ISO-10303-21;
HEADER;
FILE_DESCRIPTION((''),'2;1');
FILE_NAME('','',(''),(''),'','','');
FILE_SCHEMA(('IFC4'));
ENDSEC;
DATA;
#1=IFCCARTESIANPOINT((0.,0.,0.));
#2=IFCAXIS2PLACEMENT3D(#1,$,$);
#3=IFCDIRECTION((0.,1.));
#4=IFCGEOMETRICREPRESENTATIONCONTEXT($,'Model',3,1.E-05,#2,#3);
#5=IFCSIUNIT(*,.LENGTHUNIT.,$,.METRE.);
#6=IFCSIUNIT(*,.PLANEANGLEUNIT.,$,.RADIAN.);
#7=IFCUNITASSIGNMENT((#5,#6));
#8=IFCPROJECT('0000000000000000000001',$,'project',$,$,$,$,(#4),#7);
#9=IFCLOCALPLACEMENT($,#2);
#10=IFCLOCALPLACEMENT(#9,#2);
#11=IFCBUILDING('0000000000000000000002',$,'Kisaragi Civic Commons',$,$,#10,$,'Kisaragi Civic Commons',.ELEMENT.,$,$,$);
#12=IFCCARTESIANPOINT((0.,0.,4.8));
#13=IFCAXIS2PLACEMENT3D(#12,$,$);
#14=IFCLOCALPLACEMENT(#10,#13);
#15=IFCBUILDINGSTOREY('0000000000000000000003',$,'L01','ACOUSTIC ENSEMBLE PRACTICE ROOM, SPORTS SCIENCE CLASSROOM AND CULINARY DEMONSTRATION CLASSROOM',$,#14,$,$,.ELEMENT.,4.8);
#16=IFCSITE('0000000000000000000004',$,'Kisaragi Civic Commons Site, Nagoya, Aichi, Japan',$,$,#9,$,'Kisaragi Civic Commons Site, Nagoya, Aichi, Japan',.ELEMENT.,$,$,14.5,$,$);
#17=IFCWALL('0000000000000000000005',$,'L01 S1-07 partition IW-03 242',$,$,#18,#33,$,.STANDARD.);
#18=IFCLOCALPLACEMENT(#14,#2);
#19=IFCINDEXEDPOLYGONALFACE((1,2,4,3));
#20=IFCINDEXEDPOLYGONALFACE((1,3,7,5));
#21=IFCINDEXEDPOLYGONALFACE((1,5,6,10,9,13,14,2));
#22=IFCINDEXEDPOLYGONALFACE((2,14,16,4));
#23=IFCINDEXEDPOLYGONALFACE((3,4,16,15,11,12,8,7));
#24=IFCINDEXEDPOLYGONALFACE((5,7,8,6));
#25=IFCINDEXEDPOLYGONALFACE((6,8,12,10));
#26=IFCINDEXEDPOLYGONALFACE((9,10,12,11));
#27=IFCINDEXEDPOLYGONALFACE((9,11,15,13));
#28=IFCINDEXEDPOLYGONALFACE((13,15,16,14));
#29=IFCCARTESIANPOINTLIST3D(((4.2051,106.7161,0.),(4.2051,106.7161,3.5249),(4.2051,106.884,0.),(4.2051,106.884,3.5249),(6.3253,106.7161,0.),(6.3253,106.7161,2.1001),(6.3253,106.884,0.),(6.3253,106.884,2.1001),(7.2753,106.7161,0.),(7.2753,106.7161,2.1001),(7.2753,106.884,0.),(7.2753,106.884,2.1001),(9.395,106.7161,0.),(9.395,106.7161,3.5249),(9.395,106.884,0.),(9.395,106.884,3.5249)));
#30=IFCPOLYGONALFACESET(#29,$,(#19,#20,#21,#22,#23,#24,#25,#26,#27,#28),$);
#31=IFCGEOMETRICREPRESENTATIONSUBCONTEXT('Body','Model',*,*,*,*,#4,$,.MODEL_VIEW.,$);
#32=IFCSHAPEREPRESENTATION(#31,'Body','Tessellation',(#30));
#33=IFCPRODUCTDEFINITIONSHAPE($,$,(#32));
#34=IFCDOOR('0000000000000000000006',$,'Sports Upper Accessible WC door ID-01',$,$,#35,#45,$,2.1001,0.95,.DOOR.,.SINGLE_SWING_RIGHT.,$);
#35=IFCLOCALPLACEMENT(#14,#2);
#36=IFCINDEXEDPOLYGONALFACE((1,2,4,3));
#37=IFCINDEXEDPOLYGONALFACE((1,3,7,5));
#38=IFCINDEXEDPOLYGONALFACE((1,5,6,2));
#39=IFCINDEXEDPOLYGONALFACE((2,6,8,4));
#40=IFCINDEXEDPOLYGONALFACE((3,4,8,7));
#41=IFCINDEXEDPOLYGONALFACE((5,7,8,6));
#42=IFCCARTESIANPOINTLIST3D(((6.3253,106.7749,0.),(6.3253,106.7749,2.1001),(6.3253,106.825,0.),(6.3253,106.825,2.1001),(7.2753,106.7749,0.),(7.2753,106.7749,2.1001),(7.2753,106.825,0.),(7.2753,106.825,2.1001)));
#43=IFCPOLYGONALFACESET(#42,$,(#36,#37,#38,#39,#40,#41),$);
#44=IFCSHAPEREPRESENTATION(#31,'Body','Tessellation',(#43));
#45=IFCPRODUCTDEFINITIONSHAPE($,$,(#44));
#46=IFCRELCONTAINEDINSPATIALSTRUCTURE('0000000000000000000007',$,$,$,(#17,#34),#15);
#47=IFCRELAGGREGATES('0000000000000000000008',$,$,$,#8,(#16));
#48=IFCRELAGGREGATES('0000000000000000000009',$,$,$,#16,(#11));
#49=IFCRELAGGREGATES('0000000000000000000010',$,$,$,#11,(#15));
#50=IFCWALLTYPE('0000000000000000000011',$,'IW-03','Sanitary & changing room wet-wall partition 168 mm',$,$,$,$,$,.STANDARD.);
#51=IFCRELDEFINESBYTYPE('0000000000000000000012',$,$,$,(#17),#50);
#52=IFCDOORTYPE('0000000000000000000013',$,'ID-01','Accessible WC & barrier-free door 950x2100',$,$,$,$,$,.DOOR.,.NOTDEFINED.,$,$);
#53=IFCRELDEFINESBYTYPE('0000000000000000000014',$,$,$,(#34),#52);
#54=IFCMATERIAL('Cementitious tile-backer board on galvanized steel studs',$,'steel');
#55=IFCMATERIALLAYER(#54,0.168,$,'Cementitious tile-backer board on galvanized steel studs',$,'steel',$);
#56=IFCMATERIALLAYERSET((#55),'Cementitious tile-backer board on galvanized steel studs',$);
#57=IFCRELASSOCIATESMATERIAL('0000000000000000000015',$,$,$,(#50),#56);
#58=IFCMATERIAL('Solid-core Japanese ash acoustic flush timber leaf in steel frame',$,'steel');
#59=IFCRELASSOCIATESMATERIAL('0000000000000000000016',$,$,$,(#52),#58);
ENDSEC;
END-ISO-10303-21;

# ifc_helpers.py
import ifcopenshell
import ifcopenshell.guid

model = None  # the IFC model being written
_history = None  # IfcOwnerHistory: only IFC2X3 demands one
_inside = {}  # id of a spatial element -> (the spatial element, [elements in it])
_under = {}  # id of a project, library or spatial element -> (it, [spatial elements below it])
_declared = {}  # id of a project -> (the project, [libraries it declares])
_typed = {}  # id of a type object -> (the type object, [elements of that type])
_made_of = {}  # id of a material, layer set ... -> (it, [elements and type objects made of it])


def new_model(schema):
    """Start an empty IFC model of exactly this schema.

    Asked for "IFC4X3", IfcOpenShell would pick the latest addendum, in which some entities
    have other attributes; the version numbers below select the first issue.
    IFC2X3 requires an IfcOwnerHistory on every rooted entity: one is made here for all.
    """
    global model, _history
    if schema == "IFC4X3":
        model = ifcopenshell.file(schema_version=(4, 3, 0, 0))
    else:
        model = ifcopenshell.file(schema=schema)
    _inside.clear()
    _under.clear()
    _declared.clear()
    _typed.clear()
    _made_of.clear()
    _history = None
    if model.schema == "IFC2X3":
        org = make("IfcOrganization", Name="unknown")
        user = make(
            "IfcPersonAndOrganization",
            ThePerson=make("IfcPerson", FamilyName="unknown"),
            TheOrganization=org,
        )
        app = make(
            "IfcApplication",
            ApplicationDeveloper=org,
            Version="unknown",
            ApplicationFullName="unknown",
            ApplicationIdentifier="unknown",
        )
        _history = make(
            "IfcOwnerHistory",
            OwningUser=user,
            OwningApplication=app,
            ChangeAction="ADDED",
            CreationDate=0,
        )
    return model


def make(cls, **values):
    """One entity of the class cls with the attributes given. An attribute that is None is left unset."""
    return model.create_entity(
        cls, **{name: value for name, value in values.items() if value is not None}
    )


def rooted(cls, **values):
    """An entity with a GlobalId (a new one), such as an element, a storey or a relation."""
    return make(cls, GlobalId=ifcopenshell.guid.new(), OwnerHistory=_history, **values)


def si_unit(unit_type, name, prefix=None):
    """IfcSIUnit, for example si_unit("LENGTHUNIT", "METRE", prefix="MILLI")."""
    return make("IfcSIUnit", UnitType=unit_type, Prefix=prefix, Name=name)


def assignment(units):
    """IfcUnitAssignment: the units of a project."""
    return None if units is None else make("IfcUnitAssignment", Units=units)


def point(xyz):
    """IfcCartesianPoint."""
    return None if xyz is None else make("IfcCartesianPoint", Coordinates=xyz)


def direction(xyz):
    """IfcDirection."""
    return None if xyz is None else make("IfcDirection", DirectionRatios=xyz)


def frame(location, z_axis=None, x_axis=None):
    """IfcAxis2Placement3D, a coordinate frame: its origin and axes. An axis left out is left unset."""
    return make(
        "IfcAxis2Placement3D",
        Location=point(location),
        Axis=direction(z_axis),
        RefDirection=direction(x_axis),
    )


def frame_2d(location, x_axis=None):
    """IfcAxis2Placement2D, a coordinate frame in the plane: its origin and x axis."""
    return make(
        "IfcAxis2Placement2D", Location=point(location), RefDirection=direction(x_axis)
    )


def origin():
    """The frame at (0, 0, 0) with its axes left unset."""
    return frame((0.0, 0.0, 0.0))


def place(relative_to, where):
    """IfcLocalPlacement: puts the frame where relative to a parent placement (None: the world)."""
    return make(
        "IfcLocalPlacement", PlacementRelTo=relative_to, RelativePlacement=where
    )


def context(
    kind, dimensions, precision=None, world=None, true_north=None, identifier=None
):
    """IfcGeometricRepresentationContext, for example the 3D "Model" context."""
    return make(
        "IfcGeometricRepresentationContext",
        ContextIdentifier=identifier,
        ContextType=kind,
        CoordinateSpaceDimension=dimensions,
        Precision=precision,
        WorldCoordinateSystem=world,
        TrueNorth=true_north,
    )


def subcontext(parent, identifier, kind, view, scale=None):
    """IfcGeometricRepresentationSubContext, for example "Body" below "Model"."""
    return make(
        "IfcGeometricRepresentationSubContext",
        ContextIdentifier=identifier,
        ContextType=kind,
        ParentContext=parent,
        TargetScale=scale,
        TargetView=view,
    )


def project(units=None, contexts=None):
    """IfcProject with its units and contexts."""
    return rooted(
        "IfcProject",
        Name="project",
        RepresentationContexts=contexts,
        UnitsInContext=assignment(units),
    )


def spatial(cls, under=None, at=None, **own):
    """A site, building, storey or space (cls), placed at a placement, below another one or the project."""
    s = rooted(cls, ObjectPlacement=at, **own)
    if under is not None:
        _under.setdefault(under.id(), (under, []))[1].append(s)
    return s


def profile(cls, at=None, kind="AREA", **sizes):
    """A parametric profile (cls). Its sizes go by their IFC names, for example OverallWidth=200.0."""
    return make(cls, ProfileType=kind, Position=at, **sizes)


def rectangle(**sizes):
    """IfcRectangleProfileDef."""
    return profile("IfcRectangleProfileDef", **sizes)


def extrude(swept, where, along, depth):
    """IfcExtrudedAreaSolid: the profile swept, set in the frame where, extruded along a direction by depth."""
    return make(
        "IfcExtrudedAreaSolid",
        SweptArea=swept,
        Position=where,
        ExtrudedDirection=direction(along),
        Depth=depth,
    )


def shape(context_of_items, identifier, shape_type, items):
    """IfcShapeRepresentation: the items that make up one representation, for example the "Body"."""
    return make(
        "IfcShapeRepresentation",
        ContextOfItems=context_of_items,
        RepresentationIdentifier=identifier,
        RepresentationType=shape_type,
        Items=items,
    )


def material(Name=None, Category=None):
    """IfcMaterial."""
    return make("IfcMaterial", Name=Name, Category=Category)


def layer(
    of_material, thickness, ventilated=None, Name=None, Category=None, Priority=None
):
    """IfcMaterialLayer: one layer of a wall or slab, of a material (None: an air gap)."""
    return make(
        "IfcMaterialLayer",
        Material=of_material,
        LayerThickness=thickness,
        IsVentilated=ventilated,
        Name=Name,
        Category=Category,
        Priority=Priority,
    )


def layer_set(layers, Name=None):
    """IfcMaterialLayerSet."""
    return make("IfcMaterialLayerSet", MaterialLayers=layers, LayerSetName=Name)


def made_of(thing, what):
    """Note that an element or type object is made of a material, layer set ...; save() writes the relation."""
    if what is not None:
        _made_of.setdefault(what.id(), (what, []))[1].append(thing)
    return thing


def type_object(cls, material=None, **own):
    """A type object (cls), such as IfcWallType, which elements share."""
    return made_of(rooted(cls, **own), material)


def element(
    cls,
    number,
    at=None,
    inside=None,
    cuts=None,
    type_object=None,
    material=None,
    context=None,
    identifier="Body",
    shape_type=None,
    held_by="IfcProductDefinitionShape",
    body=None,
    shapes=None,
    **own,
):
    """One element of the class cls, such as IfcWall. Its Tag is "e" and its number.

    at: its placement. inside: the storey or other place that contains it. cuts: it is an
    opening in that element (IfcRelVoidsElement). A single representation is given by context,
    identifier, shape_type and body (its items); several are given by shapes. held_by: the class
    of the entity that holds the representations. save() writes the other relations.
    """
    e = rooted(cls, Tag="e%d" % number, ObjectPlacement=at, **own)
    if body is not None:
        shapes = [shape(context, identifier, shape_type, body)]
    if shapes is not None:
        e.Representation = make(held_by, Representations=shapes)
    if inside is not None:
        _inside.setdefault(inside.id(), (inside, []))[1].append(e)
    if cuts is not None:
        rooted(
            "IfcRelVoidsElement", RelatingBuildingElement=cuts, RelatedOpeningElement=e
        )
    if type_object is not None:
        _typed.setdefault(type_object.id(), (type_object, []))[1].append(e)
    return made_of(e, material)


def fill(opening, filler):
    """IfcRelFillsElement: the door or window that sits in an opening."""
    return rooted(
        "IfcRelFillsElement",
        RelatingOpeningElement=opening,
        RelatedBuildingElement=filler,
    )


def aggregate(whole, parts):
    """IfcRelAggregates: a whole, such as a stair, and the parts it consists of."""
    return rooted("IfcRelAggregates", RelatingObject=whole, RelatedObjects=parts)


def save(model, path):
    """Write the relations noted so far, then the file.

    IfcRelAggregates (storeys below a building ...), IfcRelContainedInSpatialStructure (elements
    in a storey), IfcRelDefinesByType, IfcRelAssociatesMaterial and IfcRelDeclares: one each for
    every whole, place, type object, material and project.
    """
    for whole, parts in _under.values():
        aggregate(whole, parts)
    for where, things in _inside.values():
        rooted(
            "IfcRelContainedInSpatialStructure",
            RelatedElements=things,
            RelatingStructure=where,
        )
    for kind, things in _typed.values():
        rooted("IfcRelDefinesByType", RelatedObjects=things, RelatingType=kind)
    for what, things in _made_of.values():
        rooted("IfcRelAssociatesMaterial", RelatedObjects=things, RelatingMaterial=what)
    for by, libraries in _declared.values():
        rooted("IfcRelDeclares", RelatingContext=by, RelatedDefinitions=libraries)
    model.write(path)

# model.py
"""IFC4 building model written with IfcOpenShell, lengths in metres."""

from ifc_helpers import new_model, si_unit, direction, frame, frame_2d, origin, place, context, subcontext, project, spatial, rectangle, extrude, material, layer, layer_set, type_object, element, fill, save


model = new_model("IFC4")

# Units and contexts
model_context = context("Model", 3, precision=1e-05, world=origin(), true_north=direction((0.0, 1.0)))
body_context = subcontext(model_context, "Body", "Model", "MODEL_VIEW")
ifc_project = project(units=[si_unit("LENGTHUNIT", "METRE"), si_unit("PLANEANGLEUNIT", "RADIAN")], contexts=[model_context])

# Site, building, storey
site_placement = place(None, origin())
site = spatial("IfcSite", under=ifc_project, at=site_placement, Name="Kisaragi Civic Commons Site, Nagoya, Aichi, Japan", LongName="Kisaragi Civic Commons Site, Nagoya, Aichi, Japan", CompositionType="ELEMENT", RefElevation=14.5)
building_placement = place(site_placement, origin())
building = spatial("IfcBuilding", under=site, at=building_placement, Name="Kisaragi Civic Commons", LongName="Kisaragi Civic Commons", CompositionType="ELEMENT")
storey_placement = place(building_placement, frame((0.0, 0.0, 4.8)))
storey = spatial("IfcBuildingStorey", under=building, at=storey_placement, Name="L01", Description="ACOUSTIC ENSEMBLE PRACTICE ROOM, SPORTS SCIENCE CLASSROOM AND CULINARY DEMONSTRATION CLASSROOM", CompositionType="ELEMENT", Elevation=4.8)

# Shared definitions
ifc_material_1 = material(Name="Cementitious tile-backer board on galvanized steel studs", Category="steel")
ifc_layer_1 = layer(ifc_material_1, 0.168, Name="Cementitious tile-backer board on galvanized steel studs", Category="steel")
ifc_layer_set_1 = layer_set([ifc_layer_1], Name="Cementitious tile-backer board on galvanized steel studs")
wall_type_1 = type_object("IfcWallType", Name="IW-03", Description="Sanitary & changing room wet-wall partition 168 mm", PredefinedType="STANDARD", material=ifc_layer_set_1)

# Wall, opening, door
wall_1_placement = place(storey_placement, frame((4.2051, 106.8, 0.0), z_axis=(0.0, 0.0, 1.0), x_axis=(1.0, 0.0, 0.0)))
wall_1 = element("IfcWall", 1, at=wall_1_placement, inside=storey, type_object=wall_type_1, Name="L01 S1-07 partition IW-03 242", PredefinedType="STANDARD", context=body_context, shape_type="SweptSolid", body=[
    extrude(rectangle(XDim=5.1899, YDim=0.168, at=frame_2d((2.595, 0.0))), origin(), (0.0, 0.0, 1.0), 3.5249),
])
opening_1_placement = place(wall_1_placement, frame((2.1201, 0.0, 0.0)))
opening_1 = element("IfcOpeningElement", 2, at=opening_1_placement, cuts=wall_1, PredefinedType="OPENING", context=body_context, shape_type="SweptSolid", body=[
    extrude(rectangle(XDim=0.95, YDim=2.1001, at=frame_2d((0.4751, 1.05))), frame((0.0, 0.094, 0.0), z_axis=(0.0, -1.0, 0.0), x_axis=(1.0, 0.0, 0.0)), (0.0, 0.0, 1.0), 0.188),
])
ifc_material_2 = material(Name="Solid-core Japanese ash acoustic flush timber leaf in steel frame", Category="steel")
door_type = type_object("IfcDoorType", Name="ID-01", Description="Accessible WC & barrier-free door 950x2100", OperationType="NOTDEFINED", PredefinedType="DOOR", material=ifc_material_2)
door_placement = place(opening_1_placement, origin())
door = element("IfcDoor", 3, at=door_placement, inside=storey, type_object=door_type, Name="Sports Upper Accessible WC door ID-01", OperationType="SINGLE_SWING_RIGHT", OverallHeight=2.1001, OverallWidth=0.95, PredefinedType="DOOR", context=body_context, shape_type="SweptSolid", body=[
    extrude(rectangle(XDim=0.95, YDim=2.1001, at=frame_2d((0.4751, 1.05))), frame((0.0, 0.0249, 0.0), z_axis=(0.0, -1.0, 0.0), x_axis=(1.0, 0.0, 0.0)), (0.0, 0.0, 1.0), 0.05),
])
fill(opening_1, door)

save(model, "model.ifc")
